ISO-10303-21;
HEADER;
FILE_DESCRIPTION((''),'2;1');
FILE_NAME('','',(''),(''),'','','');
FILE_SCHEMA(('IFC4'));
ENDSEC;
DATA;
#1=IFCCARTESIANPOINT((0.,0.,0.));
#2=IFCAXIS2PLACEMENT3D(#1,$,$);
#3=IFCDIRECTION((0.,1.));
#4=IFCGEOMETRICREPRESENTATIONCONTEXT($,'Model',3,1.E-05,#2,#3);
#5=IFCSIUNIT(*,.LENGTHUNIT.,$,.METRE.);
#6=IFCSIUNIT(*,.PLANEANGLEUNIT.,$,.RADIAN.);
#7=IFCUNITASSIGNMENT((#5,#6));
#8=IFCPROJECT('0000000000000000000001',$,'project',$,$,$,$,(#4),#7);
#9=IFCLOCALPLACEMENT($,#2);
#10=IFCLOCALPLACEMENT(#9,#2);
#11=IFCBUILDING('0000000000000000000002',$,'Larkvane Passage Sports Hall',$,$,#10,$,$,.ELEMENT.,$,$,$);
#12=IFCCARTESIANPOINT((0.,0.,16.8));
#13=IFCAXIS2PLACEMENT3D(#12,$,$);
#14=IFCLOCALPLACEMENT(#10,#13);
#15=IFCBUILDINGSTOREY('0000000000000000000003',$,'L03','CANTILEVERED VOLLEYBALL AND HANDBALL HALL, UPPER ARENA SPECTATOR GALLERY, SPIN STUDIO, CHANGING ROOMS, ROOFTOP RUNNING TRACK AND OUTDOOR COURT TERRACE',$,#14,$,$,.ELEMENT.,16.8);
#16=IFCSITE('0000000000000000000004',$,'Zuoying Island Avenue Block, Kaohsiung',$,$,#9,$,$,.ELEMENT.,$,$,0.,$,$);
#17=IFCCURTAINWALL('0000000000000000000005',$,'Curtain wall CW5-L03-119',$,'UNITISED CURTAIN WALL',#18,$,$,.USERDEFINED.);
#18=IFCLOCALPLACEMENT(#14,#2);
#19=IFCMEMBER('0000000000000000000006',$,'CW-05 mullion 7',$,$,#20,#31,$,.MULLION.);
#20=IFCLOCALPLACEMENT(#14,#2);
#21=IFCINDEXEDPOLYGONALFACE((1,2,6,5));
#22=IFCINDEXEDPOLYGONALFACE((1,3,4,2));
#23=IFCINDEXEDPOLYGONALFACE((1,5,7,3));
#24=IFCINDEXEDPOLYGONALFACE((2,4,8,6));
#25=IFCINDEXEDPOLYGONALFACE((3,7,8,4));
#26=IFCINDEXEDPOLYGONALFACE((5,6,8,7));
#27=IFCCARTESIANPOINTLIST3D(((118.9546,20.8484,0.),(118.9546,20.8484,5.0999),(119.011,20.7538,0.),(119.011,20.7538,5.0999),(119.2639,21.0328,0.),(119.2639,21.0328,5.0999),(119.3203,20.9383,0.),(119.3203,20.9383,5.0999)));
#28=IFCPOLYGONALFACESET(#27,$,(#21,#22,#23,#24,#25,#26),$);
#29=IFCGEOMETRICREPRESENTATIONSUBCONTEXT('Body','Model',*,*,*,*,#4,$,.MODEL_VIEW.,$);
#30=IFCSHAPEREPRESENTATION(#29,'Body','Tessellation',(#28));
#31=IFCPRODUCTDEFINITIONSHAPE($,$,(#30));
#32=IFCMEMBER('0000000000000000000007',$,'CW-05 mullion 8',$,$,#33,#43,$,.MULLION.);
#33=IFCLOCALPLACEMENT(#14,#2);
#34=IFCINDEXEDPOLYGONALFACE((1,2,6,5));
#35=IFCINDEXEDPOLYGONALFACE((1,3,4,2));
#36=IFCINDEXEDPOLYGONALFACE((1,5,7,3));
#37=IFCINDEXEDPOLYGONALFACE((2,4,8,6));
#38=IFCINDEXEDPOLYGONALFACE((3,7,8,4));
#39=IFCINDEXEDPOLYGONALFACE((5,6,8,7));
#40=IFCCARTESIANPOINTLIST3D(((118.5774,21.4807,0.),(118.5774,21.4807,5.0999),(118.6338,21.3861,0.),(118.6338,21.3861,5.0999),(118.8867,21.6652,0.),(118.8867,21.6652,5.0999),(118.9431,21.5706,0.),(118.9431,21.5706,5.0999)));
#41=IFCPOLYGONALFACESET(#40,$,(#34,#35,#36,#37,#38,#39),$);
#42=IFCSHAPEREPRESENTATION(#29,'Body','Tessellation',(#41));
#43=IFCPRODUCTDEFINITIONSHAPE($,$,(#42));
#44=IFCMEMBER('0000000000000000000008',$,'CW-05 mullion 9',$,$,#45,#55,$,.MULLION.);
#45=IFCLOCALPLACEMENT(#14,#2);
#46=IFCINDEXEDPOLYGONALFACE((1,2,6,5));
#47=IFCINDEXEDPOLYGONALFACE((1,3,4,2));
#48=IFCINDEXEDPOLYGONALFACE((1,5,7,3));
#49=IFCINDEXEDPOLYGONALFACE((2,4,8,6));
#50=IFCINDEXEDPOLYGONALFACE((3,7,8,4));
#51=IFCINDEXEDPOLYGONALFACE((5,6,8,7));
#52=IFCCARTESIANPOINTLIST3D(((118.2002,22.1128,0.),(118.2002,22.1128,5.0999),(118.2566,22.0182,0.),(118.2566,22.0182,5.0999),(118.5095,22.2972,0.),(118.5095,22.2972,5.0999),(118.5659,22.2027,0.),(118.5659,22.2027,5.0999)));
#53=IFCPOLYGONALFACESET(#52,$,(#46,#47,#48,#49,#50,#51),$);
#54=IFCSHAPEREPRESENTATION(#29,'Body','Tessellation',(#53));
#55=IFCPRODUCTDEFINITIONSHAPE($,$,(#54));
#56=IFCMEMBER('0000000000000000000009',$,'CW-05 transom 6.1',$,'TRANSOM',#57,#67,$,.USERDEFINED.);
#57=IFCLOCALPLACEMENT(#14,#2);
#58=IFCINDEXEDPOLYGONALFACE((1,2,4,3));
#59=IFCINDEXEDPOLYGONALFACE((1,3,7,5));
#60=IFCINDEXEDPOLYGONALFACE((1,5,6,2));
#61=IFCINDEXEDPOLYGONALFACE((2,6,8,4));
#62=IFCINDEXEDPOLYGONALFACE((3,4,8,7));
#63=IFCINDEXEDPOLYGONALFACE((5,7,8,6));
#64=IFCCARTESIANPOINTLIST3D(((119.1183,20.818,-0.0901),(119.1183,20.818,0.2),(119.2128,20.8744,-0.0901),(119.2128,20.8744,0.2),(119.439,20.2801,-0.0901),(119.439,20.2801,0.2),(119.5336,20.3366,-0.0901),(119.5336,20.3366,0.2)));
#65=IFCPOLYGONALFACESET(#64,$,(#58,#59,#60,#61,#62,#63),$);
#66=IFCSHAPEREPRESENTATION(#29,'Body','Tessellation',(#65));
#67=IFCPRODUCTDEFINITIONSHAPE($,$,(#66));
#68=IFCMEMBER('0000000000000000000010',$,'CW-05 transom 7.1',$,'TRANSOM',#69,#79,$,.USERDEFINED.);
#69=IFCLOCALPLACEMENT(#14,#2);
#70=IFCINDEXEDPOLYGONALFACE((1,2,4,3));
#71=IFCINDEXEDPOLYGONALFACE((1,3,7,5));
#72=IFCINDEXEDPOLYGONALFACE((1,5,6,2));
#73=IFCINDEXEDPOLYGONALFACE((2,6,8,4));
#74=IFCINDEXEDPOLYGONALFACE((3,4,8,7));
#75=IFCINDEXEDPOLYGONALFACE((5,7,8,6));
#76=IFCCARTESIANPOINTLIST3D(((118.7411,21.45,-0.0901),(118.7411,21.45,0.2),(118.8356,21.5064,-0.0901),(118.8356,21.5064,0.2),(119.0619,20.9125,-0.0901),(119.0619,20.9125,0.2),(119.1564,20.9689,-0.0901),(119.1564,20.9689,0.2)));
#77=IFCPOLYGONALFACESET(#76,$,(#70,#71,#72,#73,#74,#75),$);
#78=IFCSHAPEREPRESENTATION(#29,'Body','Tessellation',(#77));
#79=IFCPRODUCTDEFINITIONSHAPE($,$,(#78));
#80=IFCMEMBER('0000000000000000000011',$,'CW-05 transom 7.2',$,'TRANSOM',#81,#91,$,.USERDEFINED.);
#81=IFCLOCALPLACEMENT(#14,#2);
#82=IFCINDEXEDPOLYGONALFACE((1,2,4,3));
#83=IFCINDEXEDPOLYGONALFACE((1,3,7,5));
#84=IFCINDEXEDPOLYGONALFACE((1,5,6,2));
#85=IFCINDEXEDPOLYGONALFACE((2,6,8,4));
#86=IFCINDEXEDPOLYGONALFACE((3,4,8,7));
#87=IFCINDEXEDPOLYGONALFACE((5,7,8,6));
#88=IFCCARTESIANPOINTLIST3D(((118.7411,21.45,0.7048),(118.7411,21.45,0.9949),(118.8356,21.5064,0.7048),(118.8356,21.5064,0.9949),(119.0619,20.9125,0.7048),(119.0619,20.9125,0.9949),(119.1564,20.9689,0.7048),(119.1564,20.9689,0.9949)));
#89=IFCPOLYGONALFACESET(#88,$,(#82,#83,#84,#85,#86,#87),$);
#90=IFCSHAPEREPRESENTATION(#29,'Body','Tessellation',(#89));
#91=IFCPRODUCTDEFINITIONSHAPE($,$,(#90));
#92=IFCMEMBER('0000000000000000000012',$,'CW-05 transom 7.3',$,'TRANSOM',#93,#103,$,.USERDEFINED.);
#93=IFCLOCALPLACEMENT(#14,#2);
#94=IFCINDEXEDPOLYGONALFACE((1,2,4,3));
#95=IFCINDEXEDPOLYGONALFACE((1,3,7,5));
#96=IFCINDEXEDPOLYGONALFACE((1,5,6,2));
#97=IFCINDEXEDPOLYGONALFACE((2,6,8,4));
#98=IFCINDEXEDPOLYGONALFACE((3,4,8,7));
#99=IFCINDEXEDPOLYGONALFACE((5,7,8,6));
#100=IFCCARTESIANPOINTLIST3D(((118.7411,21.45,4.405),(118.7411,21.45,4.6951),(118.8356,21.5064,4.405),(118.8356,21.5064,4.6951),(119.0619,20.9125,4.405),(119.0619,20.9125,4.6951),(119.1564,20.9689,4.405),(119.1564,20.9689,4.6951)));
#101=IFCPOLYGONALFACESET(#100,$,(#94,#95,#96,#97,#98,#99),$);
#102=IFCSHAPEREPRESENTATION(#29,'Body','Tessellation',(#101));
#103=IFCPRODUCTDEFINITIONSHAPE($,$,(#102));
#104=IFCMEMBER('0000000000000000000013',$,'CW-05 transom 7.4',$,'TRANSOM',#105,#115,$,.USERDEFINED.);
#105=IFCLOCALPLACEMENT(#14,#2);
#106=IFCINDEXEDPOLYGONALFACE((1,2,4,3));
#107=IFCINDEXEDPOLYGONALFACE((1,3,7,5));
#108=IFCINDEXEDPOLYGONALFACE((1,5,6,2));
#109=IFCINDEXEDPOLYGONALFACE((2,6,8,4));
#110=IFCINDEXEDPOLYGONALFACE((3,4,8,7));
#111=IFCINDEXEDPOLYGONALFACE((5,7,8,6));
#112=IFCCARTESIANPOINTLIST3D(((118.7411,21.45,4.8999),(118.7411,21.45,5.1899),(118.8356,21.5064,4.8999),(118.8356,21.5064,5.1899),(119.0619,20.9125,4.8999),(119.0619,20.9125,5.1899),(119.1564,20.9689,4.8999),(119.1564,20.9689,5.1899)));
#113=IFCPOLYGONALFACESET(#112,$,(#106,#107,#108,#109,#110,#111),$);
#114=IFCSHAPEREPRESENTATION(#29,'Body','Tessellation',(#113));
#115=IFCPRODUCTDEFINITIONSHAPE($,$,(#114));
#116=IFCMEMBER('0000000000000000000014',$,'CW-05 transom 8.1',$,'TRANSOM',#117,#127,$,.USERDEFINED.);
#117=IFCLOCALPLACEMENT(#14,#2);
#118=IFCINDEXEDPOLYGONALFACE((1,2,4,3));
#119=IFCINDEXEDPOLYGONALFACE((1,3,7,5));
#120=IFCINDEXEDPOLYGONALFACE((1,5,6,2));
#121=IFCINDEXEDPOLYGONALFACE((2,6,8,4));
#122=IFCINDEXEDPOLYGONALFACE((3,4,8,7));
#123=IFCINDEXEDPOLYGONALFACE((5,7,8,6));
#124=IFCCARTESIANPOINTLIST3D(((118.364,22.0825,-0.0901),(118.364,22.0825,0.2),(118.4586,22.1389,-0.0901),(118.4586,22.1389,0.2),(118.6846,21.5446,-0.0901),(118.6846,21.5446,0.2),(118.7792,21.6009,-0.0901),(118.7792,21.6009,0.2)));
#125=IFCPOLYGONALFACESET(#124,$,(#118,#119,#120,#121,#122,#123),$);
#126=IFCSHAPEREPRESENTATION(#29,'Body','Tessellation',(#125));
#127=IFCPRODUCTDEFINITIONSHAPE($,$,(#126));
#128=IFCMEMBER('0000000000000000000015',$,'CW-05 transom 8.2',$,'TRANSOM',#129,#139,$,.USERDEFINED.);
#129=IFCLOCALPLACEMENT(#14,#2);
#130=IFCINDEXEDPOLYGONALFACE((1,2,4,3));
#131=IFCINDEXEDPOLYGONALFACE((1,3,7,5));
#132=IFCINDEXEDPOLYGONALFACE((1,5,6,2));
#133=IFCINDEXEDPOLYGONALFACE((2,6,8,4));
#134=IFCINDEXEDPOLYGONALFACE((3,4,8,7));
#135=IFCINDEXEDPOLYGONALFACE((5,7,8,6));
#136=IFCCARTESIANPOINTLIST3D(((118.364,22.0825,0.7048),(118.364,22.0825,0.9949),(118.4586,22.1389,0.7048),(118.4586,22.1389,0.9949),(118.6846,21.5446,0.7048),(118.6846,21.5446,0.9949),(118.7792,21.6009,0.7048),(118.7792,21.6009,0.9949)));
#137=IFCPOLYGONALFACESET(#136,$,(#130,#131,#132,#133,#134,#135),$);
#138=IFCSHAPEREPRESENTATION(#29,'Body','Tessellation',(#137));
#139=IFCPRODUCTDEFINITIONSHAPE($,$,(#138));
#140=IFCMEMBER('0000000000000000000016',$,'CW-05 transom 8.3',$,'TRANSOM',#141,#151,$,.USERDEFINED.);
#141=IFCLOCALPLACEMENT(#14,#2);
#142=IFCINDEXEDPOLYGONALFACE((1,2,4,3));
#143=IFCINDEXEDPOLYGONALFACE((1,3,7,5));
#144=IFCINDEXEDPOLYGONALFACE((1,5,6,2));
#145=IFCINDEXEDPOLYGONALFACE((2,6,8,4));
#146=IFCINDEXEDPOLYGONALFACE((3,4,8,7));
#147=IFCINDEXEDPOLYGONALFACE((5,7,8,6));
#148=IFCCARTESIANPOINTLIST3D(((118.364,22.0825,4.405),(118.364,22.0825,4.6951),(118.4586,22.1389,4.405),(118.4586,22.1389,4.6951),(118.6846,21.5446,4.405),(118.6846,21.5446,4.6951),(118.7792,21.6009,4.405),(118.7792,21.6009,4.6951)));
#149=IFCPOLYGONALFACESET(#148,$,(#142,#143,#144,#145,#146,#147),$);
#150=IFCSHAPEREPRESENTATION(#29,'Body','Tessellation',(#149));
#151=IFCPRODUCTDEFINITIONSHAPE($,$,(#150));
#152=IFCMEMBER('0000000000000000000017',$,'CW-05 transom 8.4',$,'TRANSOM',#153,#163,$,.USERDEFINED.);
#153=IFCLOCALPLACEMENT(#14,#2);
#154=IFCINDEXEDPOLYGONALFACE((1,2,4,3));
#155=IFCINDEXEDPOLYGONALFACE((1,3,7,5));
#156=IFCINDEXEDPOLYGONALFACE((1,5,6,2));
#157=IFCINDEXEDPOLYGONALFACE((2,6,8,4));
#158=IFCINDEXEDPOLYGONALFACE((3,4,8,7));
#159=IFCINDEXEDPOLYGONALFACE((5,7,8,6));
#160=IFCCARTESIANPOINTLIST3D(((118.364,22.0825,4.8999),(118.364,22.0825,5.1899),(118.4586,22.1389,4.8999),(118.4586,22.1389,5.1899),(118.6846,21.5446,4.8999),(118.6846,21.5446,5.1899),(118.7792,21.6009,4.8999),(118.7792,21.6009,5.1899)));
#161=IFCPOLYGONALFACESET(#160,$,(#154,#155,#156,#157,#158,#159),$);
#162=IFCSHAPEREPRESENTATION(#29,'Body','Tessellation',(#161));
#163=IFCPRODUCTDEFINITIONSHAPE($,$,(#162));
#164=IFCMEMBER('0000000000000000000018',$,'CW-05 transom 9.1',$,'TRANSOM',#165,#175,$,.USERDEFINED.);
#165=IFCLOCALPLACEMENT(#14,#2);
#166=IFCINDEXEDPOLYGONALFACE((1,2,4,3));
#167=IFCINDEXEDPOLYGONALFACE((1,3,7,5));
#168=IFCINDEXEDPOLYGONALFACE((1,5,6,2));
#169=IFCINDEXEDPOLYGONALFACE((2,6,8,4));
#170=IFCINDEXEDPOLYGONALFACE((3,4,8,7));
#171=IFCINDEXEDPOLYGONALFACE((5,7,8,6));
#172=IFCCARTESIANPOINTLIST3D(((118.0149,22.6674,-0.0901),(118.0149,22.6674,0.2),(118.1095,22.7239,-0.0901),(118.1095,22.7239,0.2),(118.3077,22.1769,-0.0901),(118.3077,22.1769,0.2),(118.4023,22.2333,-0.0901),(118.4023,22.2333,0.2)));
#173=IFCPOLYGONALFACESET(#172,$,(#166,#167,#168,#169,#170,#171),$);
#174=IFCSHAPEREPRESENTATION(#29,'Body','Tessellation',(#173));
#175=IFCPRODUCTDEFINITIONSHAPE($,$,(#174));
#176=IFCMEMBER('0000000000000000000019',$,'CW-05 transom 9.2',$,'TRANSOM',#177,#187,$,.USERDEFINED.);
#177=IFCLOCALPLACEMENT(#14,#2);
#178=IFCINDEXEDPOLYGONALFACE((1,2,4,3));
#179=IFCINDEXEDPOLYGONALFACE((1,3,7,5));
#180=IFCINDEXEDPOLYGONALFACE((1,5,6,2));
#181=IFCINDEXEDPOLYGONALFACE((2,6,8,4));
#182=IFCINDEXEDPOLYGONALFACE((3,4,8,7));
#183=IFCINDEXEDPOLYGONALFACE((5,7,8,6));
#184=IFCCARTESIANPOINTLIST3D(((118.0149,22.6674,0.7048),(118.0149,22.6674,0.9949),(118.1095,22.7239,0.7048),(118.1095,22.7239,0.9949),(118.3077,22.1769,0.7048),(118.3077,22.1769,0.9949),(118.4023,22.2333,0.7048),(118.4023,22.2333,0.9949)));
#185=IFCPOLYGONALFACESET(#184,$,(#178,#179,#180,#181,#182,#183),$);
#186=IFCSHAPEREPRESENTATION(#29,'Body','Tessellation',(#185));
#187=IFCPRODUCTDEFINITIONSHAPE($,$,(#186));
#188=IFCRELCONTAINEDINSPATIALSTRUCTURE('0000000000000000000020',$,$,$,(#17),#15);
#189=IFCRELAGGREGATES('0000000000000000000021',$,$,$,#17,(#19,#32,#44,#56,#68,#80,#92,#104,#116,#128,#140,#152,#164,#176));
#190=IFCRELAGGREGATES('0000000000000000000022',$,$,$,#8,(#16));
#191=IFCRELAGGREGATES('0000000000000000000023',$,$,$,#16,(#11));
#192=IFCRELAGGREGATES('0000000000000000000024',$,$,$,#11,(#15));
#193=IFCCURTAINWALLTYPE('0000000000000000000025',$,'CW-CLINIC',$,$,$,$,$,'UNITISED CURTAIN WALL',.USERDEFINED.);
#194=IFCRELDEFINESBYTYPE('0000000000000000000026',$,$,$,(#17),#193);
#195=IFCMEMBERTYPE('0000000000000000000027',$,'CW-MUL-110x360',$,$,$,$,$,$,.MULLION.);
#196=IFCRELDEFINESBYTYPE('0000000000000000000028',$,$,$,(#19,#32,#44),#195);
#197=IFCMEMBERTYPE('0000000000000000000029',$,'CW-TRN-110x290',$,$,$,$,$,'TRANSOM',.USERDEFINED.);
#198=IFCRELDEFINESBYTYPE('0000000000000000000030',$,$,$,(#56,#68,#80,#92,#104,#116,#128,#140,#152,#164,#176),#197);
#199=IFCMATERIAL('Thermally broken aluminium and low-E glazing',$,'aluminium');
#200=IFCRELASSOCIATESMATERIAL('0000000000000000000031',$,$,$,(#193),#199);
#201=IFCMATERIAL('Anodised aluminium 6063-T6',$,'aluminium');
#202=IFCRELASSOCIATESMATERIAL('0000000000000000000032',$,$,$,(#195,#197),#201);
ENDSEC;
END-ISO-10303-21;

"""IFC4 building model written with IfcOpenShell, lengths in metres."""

from ifc_helpers import new_model, si_unit, direction, frame, origin, origin_2d, place, context, subcontext, project, spatial, rectangle, extrude, material, material_profile, profile_set, type_object, element, aggregate, save


model = new_model("IFC4")

# Units and contexts
model_context = context("Model", 3, precision=1e-05, world=origin(), true_north=direction((0.0, 1.0)))
body_context = subcontext(model_context, "Body", "Model", "MODEL_VIEW")
ifc_project = project(units=[si_unit("LENGTHUNIT", "METRE"), si_unit("PLANEANGLEUNIT", "RADIAN")], contexts=[model_context])

# Site, building, storey
site_placement = place(None, origin())
site = spatial("IfcSite", under=ifc_project, at=site_placement, Name="Zuoying Island Avenue Block, Kaohsiung", CompositionType="ELEMENT", RefElevation=0.0)
building_placement = place(site_placement, origin())
building = spatial("IfcBuilding", under=site, at=building_placement, Name="Larkvane Passage Sports Hall", CompositionType="ELEMENT")
storey_placement = place(building_placement, frame((0.0, 0.0, 16.8)))
storey = spatial("IfcBuildingStorey", under=building, at=storey_placement, Name="L03", Description="CANTILEVERED VOLLEYBALL AND HANDBALL HALL, UPPER ARENA SPECTATOR GALLERY, SPIN STUDIO, CHANGING ROOMS, ROOFTOP RUNNING TRACK AND OUTDOOR COURT TERRACE", CompositionType="ELEMENT", Elevation=16.8)

# Curtain wall, members
ifc_material_1 = material(Name="Thermally broken aluminium and low-E glazing", Category="aluminium")
curtain_wall_type = type_object("IfcCurtainWallType", Name="CW-CLINIC", ElementType="UNITISED CURTAIN WALL", PredefinedType="USERDEFINED", material=ifc_material_1)
curtain_wall_placement = place(storey_placement, origin())
curtain_wall = element("IfcCurtainWall", 1, at=curtain_wall_placement, inside=storey, type_object=curtain_wall_type, Name="Curtain wall CW5-L03-119", ObjectType="UNITISED CURTAIN WALL", PredefinedType="USERDEFINED")
ifc_material_2 = material(Name="Anodised aluminium 6063-T6", Category="aluminium")
ifc_material_profile_1 = material_profile(ifc_material_2, rectangle(XDim=0.1101, YDim=0.3601, at=origin_2d()), Name="ALU-MUL-110x360")
ifc_profile_set_1 = profile_set([ifc_material_profile_1], Name="Anodised aluminium 6063-T6")
member_type_1 = type_object("IfcMemberType", Name="CW-MUL-110x360", PredefinedType="MULLION", material=ifc_profile_set_1)
member_1_placement = place(storey_placement, frame((119.1375, 20.8933, 0.0), z_axis=(0.0, 0.0, 1.0), x_axis=(-0.512274, 0.858822, 0.0)))
member_1 = element("IfcMember", 2, at=member_1_placement, type_object=member_type_1, Name="CW-05 mullion 7", PredefinedType="MULLION", context=body_context, shape_type="SweptSolid", body=[
    extrude(rectangle(XDim=0.1101, YDim=0.3601, at=origin_2d()), origin(), (0.0, 0.0, 1.0), 5.0999),
])
member_2_placement = place(storey_placement, frame((118.7603, 21.5256, 0.0), z_axis=(0.0, 0.0, 1.0), x_axis=(-0.512274, 0.858822, 0.0)))
member_2 = element("IfcMember", 3, at=member_2_placement, type_object=member_type_1, Name="CW-05 mullion 8", PredefinedType="MULLION", context=body_context, shape_type="SweptSolid", body=[
    extrude(rectangle(XDim=0.1101, YDim=0.3601, at=origin_2d()), origin(), (0.0, 0.0, 1.0), 5.0999),
])
member_3_placement = place(storey_placement, frame((118.3831, 22.1577, 0.0), z_axis=(0.0, 0.0, 1.0), x_axis=(-0.512274, 0.858822, 0.0)))
member_3 = element("IfcMember", 4, at=member_3_placement, type_object=member_type_1, Name="CW-05 mullion 9", PredefinedType="MULLION", context=body_context, shape_type="SweptSolid", body=[
    extrude(rectangle(XDim=0.1101, YDim=0.3601, at=origin_2d()), origin(), (0.0, 0.0, 1.0), 5.0999),
])
ifc_material_profile_2 = material_profile(ifc_material_2, rectangle(XDim=0.1101, YDim=0.29, at=origin_2d()), Name="ALU-TRN-110x290")
ifc_profile_set_2 = profile_set([ifc_material_profile_2], Name="Anodised aluminium 6063-T6")
member_type_2 = type_object("IfcMemberType", Name="CW-TRN-110x290", ElementType="TRANSOM", PredefinedType="USERDEFINED", material=ifc_profile_set_2)
member_4_placement = place(storey_placement, frame((119.4863, 20.3083, 0.0549), z_axis=(-0.512258, 0.858832, 0.0), x_axis=(-0.858832, -0.512258, 0.0)))
member_4 = element("IfcMember", 5, at=member_4_placement, type_object=member_type_2, Name="CW-05 transom 6.1", ObjectType="TRANSOM", PredefinedType="USERDEFINED", context=body_context, shape_type="SweptSolid", body=[
    extrude(rectangle(XDim=0.1101, YDim=0.29, at=origin_2d()), origin(), (0.0, 0.0, 1.0), 0.6262),
])
member_5_placement = place(storey_placement, frame((119.1091, 20.9407, 0.0549), z_axis=(-0.51243, 0.858729, 0.0), x_axis=(-0.858729, -0.51243, 0.0)))
member_5 = element("IfcMember", 6, at=member_5_placement, type_object=member_type_2, Name="CW-05 transom 7.1", ObjectType="TRANSOM", PredefinedType="USERDEFINED", context=body_context, shape_type="SweptSolid", body=[
    extrude(rectangle(XDim=0.1101, YDim=0.29, at=origin_2d()), origin(), (0.0, 0.0, 1.0), 0.626),
])
member_6_placement = place(storey_placement, frame((119.1091, 20.9407, 0.8499), z_axis=(-0.51243, 0.858729, 0.0), x_axis=(-0.858729, -0.51243, 0.0)))
member_6 = element("IfcMember", 7, at=member_6_placement, type_object=member_type_2, Name="CW-05 transom 7.2", ObjectType="TRANSOM", PredefinedType="USERDEFINED", context=body_context, shape_type="SweptSolid", body=[
    extrude(rectangle(XDim=0.1101, YDim=0.29, at=origin_2d()), origin(), (0.0, 0.0, 1.0), 0.626),
])
member_7_placement = place(storey_placement, frame((119.1091, 20.9407, 4.55), z_axis=(-0.51243, 0.858729, 0.0), x_axis=(-0.858729, -0.51243, 0.0)))
member_7 = element("IfcMember", 8, at=member_7_placement, type_object=member_type_2, Name="CW-05 transom 7.3", ObjectType="TRANSOM", PredefinedType="USERDEFINED", context=body_context, shape_type="SweptSolid", body=[
    extrude(rectangle(XDim=0.1101, YDim=0.29, at=origin_2d()), origin(), (0.0, 0.0, 1.0), 0.626),
])
member_8_placement = place(storey_placement, frame((119.1091, 20.9407, 5.0449), z_axis=(-0.51243, 0.858729, 0.0), x_axis=(-0.858729, -0.51243, 0.0)))
member_8 = element("IfcMember", 9, at=member_8_placement, type_object=member_type_2, Name="CW-05 transom 7.4", ObjectType="TRANSOM", PredefinedType="USERDEFINED", context=body_context, shape_type="SweptSolid", body=[
    extrude(rectangle(XDim=0.1101, YDim=0.29, at=origin_2d()), origin(), (0.0, 0.0, 1.0), 0.626),
])
member_9_placement = place(storey_placement, frame((118.7319, 21.5728, 0.0549), z_axis=(-0.51197, 0.859003, 0.0), x_axis=(-0.859003, -0.51197, 0.0)))
member_9 = element("IfcMember", 10, at=member_9_placement, type_object=member_type_2, Name="CW-05 transom 8.1", ObjectType="TRANSOM", PredefinedType="USERDEFINED", context=body_context, shape_type="SweptSolid", body=[
    extrude(rectangle(XDim=0.1101, YDim=0.29, at=origin_2d()), origin(), (0.0, 0.0, 1.0), 0.6262),
])
member_10_placement = place(storey_placement, frame((118.7319, 21.5728, 0.8499), z_axis=(-0.51197, 0.859003, 0.0), x_axis=(-0.859003, -0.51197, 0.0)))
member_10 = element("IfcMember", 11, at=member_10_placement, type_object=member_type_2, Name="CW-05 transom 8.2", ObjectType="TRANSOM", PredefinedType="USERDEFINED", context=body_context, shape_type="SweptSolid", body=[
    extrude(rectangle(XDim=0.1101, YDim=0.29, at=origin_2d()), origin(), (0.0, 0.0, 1.0), 0.6262),
])
member_11_placement = place(storey_placement, frame((118.7319, 21.5728, 4.55), z_axis=(-0.51197, 0.859003, 0.0), x_axis=(-0.859003, -0.51197, 0.0)))
member_11 = element("IfcMember", 12, at=member_11_placement, type_object=member_type_2, Name="CW-05 transom 8.3", ObjectType="TRANSOM", PredefinedType="USERDEFINED", context=body_context, shape_type="SweptSolid", body=[
    extrude(rectangle(XDim=0.1101, YDim=0.29, at=origin_2d()), origin(), (0.0, 0.0, 1.0), 0.6262),
])
member_12_placement = place(storey_placement, frame((118.7319, 21.5728, 5.0449), z_axis=(-0.51197, 0.859003, 0.0), x_axis=(-0.859003, -0.51197, 0.0)))
member_12 = element("IfcMember", 13, at=member_12_placement, type_object=member_type_2, Name="CW-05 transom 8.4", ObjectType="TRANSOM", PredefinedType="USERDEFINED", context=body_context, shape_type="SweptSolid", body=[
    extrude(rectangle(XDim=0.1101, YDim=0.29, at=origin_2d()), origin(), (0.0, 0.0, 1.0), 0.6262),
])
member_13_placement = place(storey_placement, frame((118.355, 22.2051, 0.0549), z_axis=(-0.512483, 0.858697, 0.0), x_axis=(-0.858697, -0.512483, 0.0)))
member_13 = element("IfcMember", 14, at=member_13_placement, type_object=member_type_2, Name="CW-05 transom 9.1", ObjectType="TRANSOM", PredefinedType="USERDEFINED", context=body_context, shape_type="SweptSolid", body=[
    extrude(rectangle(XDim=0.1101, YDim=0.29, at=origin_2d()), origin(), (0.0, 0.0, 1.0), 0.5713),
])
member_14_placement = place(storey_placement, frame((118.355, 22.2051, 0.8499), z_axis=(-0.512483, 0.858697, 0.0), x_axis=(-0.858697, -0.512483, 0.0)))
member_14 = element("IfcMember", 15, at=member_14_placement, type_object=member_type_2, Name="CW-05 transom 9.2", ObjectType="TRANSOM", PredefinedType="USERDEFINED", context=body_context, shape_type="SweptSolid", body=[
    extrude(rectangle(XDim=0.1101, YDim=0.29, at=origin_2d()), origin(), (0.0, 0.0, 1.0), 0.5713),
])
aggregate(curtain_wall, [member_1, member_2, member_3, member_4, member_5, member_6, member_7, member_8, member_9, member_10, member_11, member_12, member_13, member_14])

save(model, "model.ifc")
